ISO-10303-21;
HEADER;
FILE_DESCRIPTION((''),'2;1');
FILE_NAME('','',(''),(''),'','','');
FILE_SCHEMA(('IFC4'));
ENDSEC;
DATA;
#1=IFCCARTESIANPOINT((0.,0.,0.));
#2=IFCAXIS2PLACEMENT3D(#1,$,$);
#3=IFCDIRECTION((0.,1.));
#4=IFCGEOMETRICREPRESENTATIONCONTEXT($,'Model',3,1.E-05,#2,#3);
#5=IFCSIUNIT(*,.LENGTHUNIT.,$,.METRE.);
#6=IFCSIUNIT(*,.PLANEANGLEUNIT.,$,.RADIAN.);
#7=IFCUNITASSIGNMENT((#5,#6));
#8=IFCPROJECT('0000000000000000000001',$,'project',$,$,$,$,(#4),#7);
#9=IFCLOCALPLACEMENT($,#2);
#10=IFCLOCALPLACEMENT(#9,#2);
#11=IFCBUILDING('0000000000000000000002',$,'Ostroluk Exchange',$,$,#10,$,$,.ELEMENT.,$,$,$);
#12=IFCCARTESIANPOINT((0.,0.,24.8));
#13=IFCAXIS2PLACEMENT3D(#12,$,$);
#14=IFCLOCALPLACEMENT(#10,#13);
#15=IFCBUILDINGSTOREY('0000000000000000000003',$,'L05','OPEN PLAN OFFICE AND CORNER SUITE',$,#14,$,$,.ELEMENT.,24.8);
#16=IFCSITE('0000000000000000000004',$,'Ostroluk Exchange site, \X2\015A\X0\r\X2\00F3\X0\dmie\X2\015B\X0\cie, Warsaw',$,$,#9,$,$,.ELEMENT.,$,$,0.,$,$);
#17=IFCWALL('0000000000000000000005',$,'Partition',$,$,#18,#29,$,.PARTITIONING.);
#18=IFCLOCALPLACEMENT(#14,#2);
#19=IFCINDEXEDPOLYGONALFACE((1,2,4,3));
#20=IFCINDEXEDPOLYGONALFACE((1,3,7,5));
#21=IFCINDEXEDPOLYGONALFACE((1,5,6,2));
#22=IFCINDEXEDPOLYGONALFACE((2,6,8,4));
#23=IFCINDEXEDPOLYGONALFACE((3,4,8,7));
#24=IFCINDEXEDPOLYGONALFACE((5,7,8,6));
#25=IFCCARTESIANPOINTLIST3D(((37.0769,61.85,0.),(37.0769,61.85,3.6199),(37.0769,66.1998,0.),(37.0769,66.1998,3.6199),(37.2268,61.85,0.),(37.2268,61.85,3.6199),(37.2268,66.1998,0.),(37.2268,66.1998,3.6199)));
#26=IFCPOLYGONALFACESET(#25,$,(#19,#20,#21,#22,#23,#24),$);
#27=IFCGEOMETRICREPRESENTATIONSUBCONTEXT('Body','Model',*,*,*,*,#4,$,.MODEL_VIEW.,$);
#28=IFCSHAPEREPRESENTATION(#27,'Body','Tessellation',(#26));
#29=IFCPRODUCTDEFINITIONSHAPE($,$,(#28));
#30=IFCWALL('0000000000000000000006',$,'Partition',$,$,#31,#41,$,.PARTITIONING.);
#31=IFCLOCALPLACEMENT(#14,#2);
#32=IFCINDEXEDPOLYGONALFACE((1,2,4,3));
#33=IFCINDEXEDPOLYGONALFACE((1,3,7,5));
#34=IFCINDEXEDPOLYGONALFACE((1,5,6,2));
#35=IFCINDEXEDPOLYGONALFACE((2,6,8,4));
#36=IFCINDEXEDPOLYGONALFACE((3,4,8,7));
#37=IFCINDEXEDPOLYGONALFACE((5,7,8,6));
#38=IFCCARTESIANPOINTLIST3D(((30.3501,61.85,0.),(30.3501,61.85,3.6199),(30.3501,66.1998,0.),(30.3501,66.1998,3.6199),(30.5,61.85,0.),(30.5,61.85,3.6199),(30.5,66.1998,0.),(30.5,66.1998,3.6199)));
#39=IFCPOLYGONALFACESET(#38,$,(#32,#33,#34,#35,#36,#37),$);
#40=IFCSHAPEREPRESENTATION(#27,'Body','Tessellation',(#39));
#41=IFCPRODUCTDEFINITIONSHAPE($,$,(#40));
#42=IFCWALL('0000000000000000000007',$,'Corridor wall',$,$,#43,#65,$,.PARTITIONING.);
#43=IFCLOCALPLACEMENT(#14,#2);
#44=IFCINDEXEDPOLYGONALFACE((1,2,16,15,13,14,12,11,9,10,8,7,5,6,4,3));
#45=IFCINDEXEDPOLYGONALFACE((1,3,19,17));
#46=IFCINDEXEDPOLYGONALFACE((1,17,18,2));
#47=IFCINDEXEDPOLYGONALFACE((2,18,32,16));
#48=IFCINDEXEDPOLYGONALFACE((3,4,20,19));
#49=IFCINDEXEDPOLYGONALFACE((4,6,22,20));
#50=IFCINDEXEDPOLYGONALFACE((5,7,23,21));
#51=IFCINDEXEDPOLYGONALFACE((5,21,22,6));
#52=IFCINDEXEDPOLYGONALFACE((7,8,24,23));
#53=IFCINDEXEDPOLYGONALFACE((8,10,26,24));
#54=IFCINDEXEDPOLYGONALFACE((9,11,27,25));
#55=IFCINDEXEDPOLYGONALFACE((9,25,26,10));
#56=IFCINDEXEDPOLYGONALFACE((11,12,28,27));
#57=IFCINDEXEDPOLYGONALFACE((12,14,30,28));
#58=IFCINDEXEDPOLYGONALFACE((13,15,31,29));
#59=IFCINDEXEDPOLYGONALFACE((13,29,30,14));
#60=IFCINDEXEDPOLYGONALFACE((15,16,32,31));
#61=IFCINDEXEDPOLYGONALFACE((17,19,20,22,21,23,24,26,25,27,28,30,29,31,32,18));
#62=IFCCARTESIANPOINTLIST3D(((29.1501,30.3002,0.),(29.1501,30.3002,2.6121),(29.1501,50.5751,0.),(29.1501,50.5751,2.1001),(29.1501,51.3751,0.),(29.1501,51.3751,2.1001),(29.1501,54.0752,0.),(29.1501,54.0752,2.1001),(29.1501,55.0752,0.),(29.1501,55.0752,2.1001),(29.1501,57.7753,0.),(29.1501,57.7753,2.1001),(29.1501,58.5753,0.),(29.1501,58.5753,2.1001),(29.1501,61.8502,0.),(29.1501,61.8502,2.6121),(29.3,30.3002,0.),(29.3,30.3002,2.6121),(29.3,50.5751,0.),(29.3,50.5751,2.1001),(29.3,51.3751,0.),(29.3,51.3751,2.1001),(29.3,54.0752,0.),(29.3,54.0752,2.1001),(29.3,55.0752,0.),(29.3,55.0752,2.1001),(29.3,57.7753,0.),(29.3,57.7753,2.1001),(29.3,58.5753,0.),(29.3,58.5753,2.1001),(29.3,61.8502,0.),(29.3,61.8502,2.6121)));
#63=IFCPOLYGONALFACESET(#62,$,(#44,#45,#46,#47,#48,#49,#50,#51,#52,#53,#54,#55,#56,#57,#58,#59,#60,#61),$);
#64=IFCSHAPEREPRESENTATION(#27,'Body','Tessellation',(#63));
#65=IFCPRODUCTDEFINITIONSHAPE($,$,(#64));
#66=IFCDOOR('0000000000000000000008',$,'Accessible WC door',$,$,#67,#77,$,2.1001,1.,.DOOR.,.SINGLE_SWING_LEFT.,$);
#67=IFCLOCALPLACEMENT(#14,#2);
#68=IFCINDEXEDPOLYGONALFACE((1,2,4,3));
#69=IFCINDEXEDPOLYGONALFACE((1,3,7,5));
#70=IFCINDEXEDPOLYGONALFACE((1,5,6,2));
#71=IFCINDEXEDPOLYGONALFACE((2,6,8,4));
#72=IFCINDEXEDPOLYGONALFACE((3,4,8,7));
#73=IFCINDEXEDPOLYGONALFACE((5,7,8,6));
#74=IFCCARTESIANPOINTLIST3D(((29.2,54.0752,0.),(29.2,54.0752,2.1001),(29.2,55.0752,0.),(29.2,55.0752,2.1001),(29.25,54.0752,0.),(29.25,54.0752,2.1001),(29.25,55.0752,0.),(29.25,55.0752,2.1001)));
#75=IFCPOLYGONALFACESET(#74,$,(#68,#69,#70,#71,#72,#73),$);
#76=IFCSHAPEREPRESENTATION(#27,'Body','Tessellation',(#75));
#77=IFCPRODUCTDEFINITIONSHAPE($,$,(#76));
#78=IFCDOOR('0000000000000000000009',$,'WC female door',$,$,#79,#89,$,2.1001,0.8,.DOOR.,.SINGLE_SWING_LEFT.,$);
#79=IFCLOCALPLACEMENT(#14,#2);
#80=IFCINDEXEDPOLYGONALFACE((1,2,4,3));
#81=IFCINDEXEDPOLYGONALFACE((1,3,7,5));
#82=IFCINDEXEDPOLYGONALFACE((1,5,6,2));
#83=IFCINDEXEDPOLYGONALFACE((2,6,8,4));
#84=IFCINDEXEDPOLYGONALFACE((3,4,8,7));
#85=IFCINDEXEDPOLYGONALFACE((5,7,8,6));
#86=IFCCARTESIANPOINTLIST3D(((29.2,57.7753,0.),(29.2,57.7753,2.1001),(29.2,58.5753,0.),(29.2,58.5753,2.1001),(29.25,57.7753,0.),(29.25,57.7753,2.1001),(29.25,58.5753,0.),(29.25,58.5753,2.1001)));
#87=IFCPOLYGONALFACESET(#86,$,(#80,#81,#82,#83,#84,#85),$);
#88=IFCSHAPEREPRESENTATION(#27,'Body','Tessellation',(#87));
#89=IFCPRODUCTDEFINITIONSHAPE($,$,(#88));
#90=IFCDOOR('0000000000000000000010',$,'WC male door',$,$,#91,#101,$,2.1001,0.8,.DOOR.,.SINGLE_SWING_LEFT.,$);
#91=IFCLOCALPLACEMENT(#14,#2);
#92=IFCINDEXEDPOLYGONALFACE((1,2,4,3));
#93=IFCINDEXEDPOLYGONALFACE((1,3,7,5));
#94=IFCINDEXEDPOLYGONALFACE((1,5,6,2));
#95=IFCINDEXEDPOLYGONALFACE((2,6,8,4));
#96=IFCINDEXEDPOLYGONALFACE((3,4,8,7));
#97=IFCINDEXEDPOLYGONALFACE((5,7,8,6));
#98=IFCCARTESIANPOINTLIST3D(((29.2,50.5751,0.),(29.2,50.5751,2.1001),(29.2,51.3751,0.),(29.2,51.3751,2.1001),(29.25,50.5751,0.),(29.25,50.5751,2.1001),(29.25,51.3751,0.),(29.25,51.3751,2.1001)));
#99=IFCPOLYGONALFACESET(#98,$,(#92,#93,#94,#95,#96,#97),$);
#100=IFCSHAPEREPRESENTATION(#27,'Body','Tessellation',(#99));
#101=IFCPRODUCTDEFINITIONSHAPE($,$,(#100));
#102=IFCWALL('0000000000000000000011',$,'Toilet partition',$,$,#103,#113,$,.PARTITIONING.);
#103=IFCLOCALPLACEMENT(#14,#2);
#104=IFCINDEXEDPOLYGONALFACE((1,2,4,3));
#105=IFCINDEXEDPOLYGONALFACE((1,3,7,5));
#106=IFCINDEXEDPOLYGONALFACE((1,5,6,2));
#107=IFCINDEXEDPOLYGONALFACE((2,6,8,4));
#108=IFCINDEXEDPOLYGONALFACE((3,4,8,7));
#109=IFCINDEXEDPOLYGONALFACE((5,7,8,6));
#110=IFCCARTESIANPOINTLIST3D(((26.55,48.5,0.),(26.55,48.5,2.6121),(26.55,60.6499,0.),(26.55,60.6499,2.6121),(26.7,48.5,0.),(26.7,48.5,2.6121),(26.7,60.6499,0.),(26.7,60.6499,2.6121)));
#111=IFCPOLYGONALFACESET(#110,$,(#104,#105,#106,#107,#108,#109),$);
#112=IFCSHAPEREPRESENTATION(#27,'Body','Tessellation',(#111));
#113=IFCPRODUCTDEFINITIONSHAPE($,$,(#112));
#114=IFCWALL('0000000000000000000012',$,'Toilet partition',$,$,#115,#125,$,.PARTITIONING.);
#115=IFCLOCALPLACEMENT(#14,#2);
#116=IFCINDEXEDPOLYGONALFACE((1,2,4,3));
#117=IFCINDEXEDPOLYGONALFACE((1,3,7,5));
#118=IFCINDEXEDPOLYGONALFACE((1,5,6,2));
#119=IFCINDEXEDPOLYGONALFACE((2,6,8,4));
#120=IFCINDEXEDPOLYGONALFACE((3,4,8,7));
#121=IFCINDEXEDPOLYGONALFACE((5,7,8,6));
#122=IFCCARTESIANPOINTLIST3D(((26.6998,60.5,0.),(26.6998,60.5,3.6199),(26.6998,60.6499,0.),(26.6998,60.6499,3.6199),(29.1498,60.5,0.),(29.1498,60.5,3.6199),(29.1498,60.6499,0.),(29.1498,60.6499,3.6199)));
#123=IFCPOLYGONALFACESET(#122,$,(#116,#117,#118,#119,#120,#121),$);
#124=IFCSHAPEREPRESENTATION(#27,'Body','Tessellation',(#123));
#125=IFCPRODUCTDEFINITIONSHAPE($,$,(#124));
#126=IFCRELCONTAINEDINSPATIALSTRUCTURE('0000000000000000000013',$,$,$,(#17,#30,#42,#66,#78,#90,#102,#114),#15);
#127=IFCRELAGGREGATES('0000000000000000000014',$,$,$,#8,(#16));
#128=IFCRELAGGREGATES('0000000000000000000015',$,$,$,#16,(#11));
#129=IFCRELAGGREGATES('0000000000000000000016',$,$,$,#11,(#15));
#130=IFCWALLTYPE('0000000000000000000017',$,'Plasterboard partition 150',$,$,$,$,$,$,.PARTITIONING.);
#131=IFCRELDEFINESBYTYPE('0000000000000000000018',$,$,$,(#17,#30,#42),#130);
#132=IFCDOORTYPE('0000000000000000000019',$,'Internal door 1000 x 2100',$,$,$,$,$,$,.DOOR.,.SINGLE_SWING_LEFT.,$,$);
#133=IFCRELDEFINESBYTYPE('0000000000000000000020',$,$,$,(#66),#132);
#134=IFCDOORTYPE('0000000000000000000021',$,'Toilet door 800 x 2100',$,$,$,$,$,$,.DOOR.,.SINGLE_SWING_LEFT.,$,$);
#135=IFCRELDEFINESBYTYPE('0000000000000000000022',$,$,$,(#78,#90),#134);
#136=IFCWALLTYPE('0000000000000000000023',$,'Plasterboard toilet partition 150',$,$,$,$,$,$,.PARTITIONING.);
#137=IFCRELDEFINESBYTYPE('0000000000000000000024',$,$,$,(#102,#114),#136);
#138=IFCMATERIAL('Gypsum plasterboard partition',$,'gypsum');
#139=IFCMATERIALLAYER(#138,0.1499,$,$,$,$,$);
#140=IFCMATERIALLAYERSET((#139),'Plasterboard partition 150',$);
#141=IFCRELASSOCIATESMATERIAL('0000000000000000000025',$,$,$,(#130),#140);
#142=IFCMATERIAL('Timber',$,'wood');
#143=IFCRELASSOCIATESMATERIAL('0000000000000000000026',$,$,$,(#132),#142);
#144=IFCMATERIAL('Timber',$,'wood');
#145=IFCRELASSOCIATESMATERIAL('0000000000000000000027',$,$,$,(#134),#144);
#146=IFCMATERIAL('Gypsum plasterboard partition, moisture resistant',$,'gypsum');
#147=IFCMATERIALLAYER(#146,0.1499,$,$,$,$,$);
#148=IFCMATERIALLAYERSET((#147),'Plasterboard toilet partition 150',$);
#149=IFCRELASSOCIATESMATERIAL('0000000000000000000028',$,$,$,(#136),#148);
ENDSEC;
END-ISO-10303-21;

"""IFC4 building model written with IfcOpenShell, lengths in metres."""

from ifc_helpers import new_model, si_unit, direction, frame, frame_2d, origin, place, context, subcontext, project, spatial, rectangle, extrude, material, layer, layer_set, type_object, element, fill, save


model = new_model("IFC4")

# Units and contexts
model_context = context("Model", 3, precision=1e-05, world=origin(), true_north=direction((0.0, 1.0)))
body_context = subcontext(model_context, "Body", "Model", "MODEL_VIEW")
ifc_project = project(units=[si_unit("LENGTHUNIT", "METRE"), si_unit("PLANEANGLEUNIT", "RADIAN")], contexts=[model_context])

# Site, building, storey
site_placement = place(None, origin())
site = spatial("IfcSite", under=ifc_project, at=site_placement, Name="Ostroluk Exchange site, Śródmieście, Warsaw", CompositionType="ELEMENT", RefElevation=0.0)
building_placement = place(site_placement, origin())
building = spatial("IfcBuilding", under=site, at=building_placement, Name="Ostroluk Exchange", CompositionType="ELEMENT")
storey_placement = place(building_placement, frame((0.0, 0.0, 24.8)))
storey = spatial("IfcBuildingStorey", under=building, at=storey_placement, Name="L05", Description="OPEN PLAN OFFICE AND CORNER SUITE", CompositionType="ELEMENT", Elevation=24.8)

# Walls
ifc_material_1 = material(Name="Gypsum plasterboard partition", Category="gypsum")
ifc_layer_1 = layer(ifc_material_1, 0.1499)
ifc_layer_set_1 = layer_set([ifc_layer_1], Name="Plasterboard partition 150")
wall_type_1 = type_object("IfcWallType", Name="Plasterboard partition 150", PredefinedType="PARTITIONING", material=ifc_layer_set_1)
for number, where, z_axis, x_axis, name in (
    (1, (37.1519, 61.8501, 0.0), (0.0, 0.0, 1.0), (0.0, 1.0, 0.0), "Partition"),
    (2, (30.425, 61.8501, 0.0), (0.0, 0.0, 1.0), (0.0, 1.0, 0.0), "Partition"),
):
    element("IfcWall", number, at=place(storey_placement, frame(where, z_axis=z_axis, x_axis=x_axis)), inside=storey, type_object=wall_type_1, Name=name, PredefinedType="PARTITIONING", context=body_context, shape_type="SweptSolid", body=[
        extrude(rectangle(XDim=4.3499, YDim=0.1499, at=frame_2d((2.1748, 0.0))), origin(), (0.0, 0.0, 1.0), 3.6199),
    ])

# Wall, openings, doors
wall_1_placement = place(storey_placement, frame((29.2251, 61.8501, 0.0), z_axis=(0.0, 0.0, 1.0), x_axis=(0.0, -1.0, 0.0)))
wall_1 = element("IfcWall", 3, at=wall_1_placement, inside=storey, type_object=wall_type_1, Name="Corridor wall", PredefinedType="PARTITIONING", context=body_context, shape_type="SweptSolid", body=[
    extrude(rectangle(XDim=31.55, YDim=0.1499, at=frame_2d((15.7749, 0.0))), origin(), (0.0, 0.0, 1.0), 2.6121),
])
opening_1_placement = place(wall_1_placement, frame((3.2749, 0.0, 0.0)))
opening_1 = element("IfcOpeningElement", 4, at=opening_1_placement, cuts=wall_1, PredefinedType="OPENING", context=body_context, shape_type="SweptSolid", body=[
    extrude(rectangle(XDim=0.8, YDim=2.1001, at=frame_2d((0.3999, 1.05))), frame((0.0, 0.085, 0.0), z_axis=(0.0, -1.0, 0.0), x_axis=(1.0, 0.0, 0.0)), (0.0, 0.0, 1.0), 0.1699),
])
opening_2_placement = place(wall_1_placement, frame((6.7749, 0.0, 0.0)))
opening_2 = element("IfcOpeningElement", 5, at=opening_2_placement, cuts=wall_1, PredefinedType="OPENING", context=body_context, shape_type="SweptSolid", body=[
    extrude(rectangle(XDim=1.0, YDim=2.1001, at=frame_2d((0.5, 1.05))), frame((0.0, 0.085, 0.0), z_axis=(0.0, -1.0, 0.0), x_axis=(1.0, 0.0, 0.0)), (0.0, 0.0, 1.0), 0.1699),
])
opening_3_placement = place(wall_1_placement, frame((10.4751, 0.0, 0.0)))
opening_3 = element("IfcOpeningElement", 6, at=opening_3_placement, cuts=wall_1, PredefinedType="OPENING", context=body_context, shape_type="SweptSolid", body=[
    extrude(rectangle(XDim=0.8, YDim=2.1001, at=frame_2d((0.3999, 1.05))), frame((0.0, 0.085, 0.0), z_axis=(0.0, -1.0, 0.0), x_axis=(1.0, 0.0, 0.0)), (0.0, 0.0, 1.0), 0.1699),
])
ifc_material_2 = material(Name="Timber", Category="wood")
door_type_1 = type_object("IfcDoorType", Name="Internal door 1000 x 2100", OperationType="SINGLE_SWING_LEFT", PredefinedType="DOOR", material=ifc_material_2)
door_1_placement = place(opening_2_placement, origin())
door_1 = element("IfcDoor", 7, at=door_1_placement, inside=storey, type_object=door_type_1, Name="Accessible WC door", OperationType="SINGLE_SWING_LEFT", OverallHeight=2.1001, OverallWidth=1.0, PredefinedType="DOOR", context=body_context, shape_type="SweptSolid", body=[
    extrude(rectangle(XDim=1.0, YDim=2.1001, at=frame_2d((0.5, 1.05))), frame((0.0, 0.0249, 0.0), z_axis=(0.0, -1.0, 0.0), x_axis=(1.0, 0.0, 0.0)), (0.0, 0.0, 1.0), 0.05),
])
fill(opening_2, door_1)
ifc_material_3 = material(Name="Timber", Category="wood")
door_type_2 = type_object("IfcDoorType", Name="Toilet door 800 x 2100", OperationType="SINGLE_SWING_LEFT", PredefinedType="DOOR", material=ifc_material_3)
door_2_placement = place(opening_1_placement, origin())
door_2 = element("IfcDoor", 8, at=door_2_placement, inside=storey, type_object=door_type_2, Name="WC female door", OperationType="SINGLE_SWING_LEFT", OverallHeight=2.1001, OverallWidth=0.8, PredefinedType="DOOR", context=body_context, shape_type="SweptSolid", body=[
    extrude(rectangle(XDim=0.8, YDim=2.1001, at=frame_2d((0.3999, 1.05))), frame((0.0, 0.0249, 0.0), z_axis=(0.0, -1.0, 0.0), x_axis=(1.0, 0.0, 0.0)), (0.0, 0.0, 1.0), 0.05),
])
fill(opening_1, door_2)
door_3_placement = place(opening_3_placement, origin())
door_3 = element("IfcDoor", 9, at=door_3_placement, inside=storey, type_object=door_type_2, Name="WC male door", OperationType="SINGLE_SWING_LEFT", OverallHeight=2.1001, OverallWidth=0.8, PredefinedType="DOOR", context=body_context, shape_type="SweptSolid", body=[
    extrude(rectangle(XDim=0.8, YDim=2.1001, at=frame_2d((0.3999, 1.05))), frame((0.0, 0.0249, 0.0), z_axis=(0.0, -1.0, 0.0), x_axis=(1.0, 0.0, 0.0)), (0.0, 0.0, 1.0), 0.05),
])
fill(opening_3, door_3)

# Walls
ifc_material_4 = material(Name="Gypsum plasterboard partition, moisture resistant", Category="gypsum")
ifc_layer_2 = layer(ifc_material_4, 0.1499)
ifc_layer_set_2 = layer_set([ifc_layer_2], Name="Plasterboard toilet partition 150")
wall_type_2 = type_object("IfcWallType", Name="Plasterboard toilet partition 150", PredefinedType="PARTITIONING", material=ifc_layer_set_2)
wall_2_placement = place(storey_placement, frame((26.625, 60.6499, 0.0), z_axis=(0.0, 0.0, 1.0), x_axis=(0.0, -1.0, 0.0)))
element("IfcWall", 10, at=wall_2_placement, inside=storey, type_object=wall_type_2, Name="Toilet partition", PredefinedType="PARTITIONING", context=body_context, shape_type="SweptSolid", body=[
    extrude(rectangle(XDim=12.1499, YDim=0.1499, at=frame_2d((6.075, 0.0))), origin(), (0.0, 0.0, 1.0), 2.6121),
])
wall_3_placement = place(storey_placement, frame((29.1499, 60.575, 0.0), z_axis=(0.0, 0.0, 1.0), x_axis=(-1.0, 0.0, 0.0)))
element("IfcWall", 11, at=wall_3_placement, inside=storey, type_object=wall_type_2, Name="Toilet partition", PredefinedType="PARTITIONING", context=body_context, shape_type="SweptSolid", body=[
    extrude(rectangle(XDim=2.45, YDim=0.1499, at=frame_2d((1.2251, 0.0))), origin(), (0.0, 0.0, 1.0), 3.6199),
])

save(model, "model.ifc")
